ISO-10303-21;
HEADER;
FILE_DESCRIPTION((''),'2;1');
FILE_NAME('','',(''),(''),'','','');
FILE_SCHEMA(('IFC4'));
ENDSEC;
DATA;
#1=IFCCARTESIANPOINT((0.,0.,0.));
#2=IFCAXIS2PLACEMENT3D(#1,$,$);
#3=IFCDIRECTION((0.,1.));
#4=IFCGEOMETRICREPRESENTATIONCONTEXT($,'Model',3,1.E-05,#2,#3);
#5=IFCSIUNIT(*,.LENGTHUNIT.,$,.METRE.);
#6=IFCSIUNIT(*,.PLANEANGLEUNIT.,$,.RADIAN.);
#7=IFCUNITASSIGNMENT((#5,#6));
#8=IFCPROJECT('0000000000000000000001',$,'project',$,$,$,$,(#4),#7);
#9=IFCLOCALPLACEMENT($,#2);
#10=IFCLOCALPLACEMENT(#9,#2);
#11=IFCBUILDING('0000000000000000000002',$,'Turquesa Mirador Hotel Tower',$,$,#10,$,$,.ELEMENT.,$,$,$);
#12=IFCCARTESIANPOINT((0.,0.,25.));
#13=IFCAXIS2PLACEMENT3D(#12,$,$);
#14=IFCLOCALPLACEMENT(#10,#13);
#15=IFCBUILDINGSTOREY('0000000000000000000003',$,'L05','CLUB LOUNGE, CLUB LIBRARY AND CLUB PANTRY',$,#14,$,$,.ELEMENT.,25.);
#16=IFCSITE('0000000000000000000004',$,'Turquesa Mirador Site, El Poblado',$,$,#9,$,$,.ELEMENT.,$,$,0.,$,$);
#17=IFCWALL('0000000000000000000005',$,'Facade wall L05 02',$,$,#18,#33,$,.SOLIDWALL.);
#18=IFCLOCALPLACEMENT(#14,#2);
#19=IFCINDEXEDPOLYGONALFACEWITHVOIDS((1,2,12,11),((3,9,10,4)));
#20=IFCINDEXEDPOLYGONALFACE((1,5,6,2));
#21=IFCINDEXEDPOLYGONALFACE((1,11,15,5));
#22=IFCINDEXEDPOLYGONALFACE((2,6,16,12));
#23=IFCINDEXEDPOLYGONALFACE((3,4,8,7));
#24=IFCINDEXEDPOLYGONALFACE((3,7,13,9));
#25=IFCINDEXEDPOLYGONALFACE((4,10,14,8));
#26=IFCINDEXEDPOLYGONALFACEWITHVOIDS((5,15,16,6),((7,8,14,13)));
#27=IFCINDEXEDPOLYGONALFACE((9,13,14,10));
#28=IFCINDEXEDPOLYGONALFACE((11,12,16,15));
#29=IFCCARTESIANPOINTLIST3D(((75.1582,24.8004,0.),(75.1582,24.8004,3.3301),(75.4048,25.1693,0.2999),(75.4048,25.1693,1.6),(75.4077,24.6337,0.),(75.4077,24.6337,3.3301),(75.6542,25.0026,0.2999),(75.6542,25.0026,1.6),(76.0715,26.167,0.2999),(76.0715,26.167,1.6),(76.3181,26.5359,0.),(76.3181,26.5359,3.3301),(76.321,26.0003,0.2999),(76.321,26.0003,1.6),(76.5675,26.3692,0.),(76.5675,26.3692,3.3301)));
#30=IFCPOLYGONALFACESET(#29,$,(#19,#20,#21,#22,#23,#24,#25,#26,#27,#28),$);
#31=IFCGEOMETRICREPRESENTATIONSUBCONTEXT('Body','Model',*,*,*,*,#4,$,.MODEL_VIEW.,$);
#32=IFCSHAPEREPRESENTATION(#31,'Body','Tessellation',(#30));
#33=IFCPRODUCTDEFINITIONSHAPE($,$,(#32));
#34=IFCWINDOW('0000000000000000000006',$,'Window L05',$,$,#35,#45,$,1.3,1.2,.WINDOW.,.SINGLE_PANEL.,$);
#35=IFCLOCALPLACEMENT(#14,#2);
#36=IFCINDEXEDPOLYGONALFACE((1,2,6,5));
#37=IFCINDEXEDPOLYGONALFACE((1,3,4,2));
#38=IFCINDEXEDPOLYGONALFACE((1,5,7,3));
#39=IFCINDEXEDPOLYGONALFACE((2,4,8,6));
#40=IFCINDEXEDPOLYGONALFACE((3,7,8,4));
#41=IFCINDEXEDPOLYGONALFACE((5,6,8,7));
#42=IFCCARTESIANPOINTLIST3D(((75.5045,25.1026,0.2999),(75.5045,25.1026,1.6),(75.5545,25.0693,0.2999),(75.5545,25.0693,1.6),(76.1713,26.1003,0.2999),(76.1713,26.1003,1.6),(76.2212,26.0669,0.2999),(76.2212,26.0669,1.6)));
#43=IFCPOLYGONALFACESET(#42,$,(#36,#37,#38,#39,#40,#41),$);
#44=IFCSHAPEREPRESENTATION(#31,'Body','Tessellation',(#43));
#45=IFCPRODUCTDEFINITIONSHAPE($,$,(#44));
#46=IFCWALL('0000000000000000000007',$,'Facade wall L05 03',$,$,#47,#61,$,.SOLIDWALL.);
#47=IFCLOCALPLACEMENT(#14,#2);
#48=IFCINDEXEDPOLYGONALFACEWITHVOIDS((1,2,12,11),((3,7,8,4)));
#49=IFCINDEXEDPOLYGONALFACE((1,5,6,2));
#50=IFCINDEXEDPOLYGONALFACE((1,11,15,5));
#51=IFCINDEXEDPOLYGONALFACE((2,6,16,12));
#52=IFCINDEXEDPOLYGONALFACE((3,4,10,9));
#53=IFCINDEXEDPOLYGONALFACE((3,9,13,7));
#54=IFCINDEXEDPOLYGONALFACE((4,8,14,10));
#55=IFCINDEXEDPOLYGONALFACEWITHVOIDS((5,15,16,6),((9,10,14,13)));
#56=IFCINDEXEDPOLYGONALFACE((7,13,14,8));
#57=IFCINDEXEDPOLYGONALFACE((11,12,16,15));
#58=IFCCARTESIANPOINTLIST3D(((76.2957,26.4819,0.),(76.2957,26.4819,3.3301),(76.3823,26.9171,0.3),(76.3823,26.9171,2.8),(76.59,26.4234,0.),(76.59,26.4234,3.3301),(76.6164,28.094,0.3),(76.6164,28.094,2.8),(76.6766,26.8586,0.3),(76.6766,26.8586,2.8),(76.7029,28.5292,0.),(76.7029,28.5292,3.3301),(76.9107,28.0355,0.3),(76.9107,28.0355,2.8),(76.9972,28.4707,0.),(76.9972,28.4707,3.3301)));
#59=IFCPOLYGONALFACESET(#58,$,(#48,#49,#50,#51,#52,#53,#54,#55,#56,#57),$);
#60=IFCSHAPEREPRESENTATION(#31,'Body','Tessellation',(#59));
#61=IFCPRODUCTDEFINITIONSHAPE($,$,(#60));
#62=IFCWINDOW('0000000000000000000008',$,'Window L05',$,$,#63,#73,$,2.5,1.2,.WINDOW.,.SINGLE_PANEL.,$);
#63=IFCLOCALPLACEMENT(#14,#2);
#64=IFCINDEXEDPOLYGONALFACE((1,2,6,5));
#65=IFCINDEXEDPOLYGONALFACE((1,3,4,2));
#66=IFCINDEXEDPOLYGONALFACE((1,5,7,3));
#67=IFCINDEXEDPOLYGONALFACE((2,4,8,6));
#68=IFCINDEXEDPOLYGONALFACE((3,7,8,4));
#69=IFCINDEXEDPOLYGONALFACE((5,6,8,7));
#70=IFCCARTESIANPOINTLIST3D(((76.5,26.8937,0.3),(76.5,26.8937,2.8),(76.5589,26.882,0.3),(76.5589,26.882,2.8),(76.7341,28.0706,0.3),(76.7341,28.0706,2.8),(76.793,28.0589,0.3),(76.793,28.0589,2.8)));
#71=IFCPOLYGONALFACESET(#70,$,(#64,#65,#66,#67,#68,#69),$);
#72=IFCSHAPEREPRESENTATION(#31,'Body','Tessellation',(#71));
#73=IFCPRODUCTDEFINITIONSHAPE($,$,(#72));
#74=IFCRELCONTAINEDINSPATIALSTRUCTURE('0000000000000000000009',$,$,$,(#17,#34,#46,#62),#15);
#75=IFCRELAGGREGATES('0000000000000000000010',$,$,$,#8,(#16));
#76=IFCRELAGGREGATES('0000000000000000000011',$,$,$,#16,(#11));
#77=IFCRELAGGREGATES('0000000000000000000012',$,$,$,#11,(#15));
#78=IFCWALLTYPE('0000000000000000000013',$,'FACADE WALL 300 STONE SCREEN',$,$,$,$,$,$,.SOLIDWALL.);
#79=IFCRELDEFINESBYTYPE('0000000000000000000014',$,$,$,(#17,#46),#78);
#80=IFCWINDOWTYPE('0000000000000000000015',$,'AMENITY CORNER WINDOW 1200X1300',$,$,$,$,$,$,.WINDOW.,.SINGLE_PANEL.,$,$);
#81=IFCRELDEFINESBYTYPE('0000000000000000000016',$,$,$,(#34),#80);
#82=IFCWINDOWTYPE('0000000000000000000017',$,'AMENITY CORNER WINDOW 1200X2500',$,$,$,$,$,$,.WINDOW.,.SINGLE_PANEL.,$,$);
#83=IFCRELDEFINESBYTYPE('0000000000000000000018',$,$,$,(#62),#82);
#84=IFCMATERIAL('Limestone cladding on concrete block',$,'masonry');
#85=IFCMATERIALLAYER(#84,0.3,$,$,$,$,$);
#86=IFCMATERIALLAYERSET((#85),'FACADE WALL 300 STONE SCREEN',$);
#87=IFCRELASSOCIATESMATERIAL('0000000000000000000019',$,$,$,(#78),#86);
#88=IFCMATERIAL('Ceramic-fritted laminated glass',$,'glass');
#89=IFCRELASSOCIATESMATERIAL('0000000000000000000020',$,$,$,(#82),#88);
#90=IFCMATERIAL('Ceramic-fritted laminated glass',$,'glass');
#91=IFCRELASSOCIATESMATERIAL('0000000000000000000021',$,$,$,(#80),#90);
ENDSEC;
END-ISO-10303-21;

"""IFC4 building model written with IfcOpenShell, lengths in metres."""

from ifc_helpers import new_model, si_unit, direction, frame, frame_2d, origin, place, context, subcontext, project, spatial, rectangle, extrude, material, layer, layer_set, type_object, element, fill, save


model = new_model("IFC4")

# Units and contexts
model_context = context("Model", 3, precision=1e-05, world=origin(), true_north=direction((0.0, 1.0)))
body_context = subcontext(model_context, "Body", "Model", "MODEL_VIEW")
ifc_project = project(units=[si_unit("LENGTHUNIT", "METRE"), si_unit("PLANEANGLEUNIT", "RADIAN")], contexts=[model_context])

# Site, building, storey
site_placement = place(None, origin())
site = spatial("IfcSite", under=ifc_project, at=site_placement, Name="Turquesa Mirador Site, El Poblado", CompositionType="ELEMENT", RefElevation=0.0)
building_placement = place(site_placement, origin())
building = spatial("IfcBuilding", under=site, at=building_placement, Name="Turquesa Mirador Hotel Tower", CompositionType="ELEMENT")
storey_placement = place(building_placement, frame((0.0, 0.0, 25.0)))
storey = spatial("IfcBuildingStorey", under=building, at=storey_placement, Name="L05", Description="CLUB LOUNGE, CLUB LIBRARY AND CLUB PANTRY", CompositionType="ELEMENT", Elevation=25.0)

# Walls, openings, windows
ifc_material_1 = material(Name="Limestone cladding on concrete block", Category="masonry")
ifc_layer_1 = layer(ifc_material_1, 0.3)
ifc_layer_set_1 = layer_set([ifc_layer_1], Name="FACADE WALL 300 STONE SCREEN")
wall_type_1 = type_object("IfcWallType", Name="FACADE WALL 300 STONE SCREEN", PredefinedType="SOLIDWALL", material=ifc_layer_set_1)
ifc_material_2 = material(Name="Ceramic-fritted laminated glass", Category="glass")
window_type_1 = type_object("IfcWindowType", Name="AMENITY CORNER WINDOW 1200X2500", PartitioningType="SINGLE_PANEL", PredefinedType="WINDOW", material=ifc_material_2)
ifc_material_3 = material(Name="Ceramic-fritted laminated glass", Category="glass")
window_type_2 = type_object("IfcWindowType", Name="AMENITY CORNER WINDOW 1200X1300", PartitioningType="SINGLE_PANEL", PredefinedType="WINDOW", material=ifc_material_3)
wall_1_placement = place(storey_placement, frame((75.283, 24.717, 0.0), z_axis=(0.0, 0.0, 1.0), x_axis=(0.555644, 0.83142, 0.0)))
wall_1 = element("IfcWall", 1, at=wall_1_placement, inside=storey, type_object=wall_type_1, Name="Facade wall L05 02", PredefinedType="SOLIDWALL", context=body_context, shape_type="SweptSolid", body=[
    extrude(rectangle(XDim=2.0874, YDim=0.3, at=frame_2d((1.0437, 0.0))), origin(), (0.0, 0.0, 1.0), 3.3301),
])
opening_1_placement = place(wall_1_placement, frame((0.4436, 0.0, 0.3)))
opening_1 = element("IfcOpeningElement", 2, at=opening_1_placement, cuts=wall_1, PredefinedType="OPENING", context=body_context, shape_type="SweptSolid", body=[
    extrude(rectangle(XDim=1.2, YDim=1.3, at=frame_2d((0.6001, 0.6499))), frame((0.0, 0.1599, 0.0), z_axis=(0.0, -1.0, 0.0), x_axis=(1.0, 0.0, 0.0)), (0.0, 0.0, 1.0), 0.3201),
])
window_1_placement = place(opening_1_placement, origin())
window_1 = element("IfcWindow", 3, at=window_1_placement, inside=storey, type_object=window_type_2, Name="Window L05", OverallHeight=1.3, OverallWidth=1.2, PartitioningType="SINGLE_PANEL", PredefinedType="WINDOW", context=body_context, shape_type="SweptSolid", body=[
    extrude(rectangle(XDim=1.2, YDim=1.3, at=frame_2d((0.6001, 0.6499))), frame((0.0, 0.03, 0.0), z_axis=(0.0, -1.0, 0.0), x_axis=(1.0, 0.0, 0.0)), (0.0, 0.0, 1.0), 0.0601),
])
fill(opening_1, window_1)
wall_2_placement = place(storey_placement, frame((76.4429, 26.4526, 0.0), z_axis=(0.0, 0.0, 1.0), x_axis=(0.195081, 0.980787, 0.0)))
wall_2 = element("IfcWall", 4, at=wall_2_placement, inside=storey, type_object=wall_type_1, Name="Facade wall L05 03", PredefinedType="SOLIDWALL", context=body_context, shape_type="SweptSolid", body=[
    extrude(rectangle(XDim=2.0874, YDim=0.3, at=frame_2d((1.0437, 0.0))), origin(), (0.0, 0.0, 1.0), 3.3301),
])
opening_2_placement = place(wall_2_placement, frame((0.4436, 0.0, 0.3)))
opening_2 = element("IfcOpeningElement", 5, at=opening_2_placement, cuts=wall_2, PredefinedType="OPENING", context=body_context, shape_type="SweptSolid", body=[
    extrude(rectangle(XDim=1.2, YDim=2.5, at=frame_2d((0.6001, 1.25))), frame((0.0, 0.1599, 0.0), z_axis=(0.0, -1.0, 0.0), x_axis=(1.0, 0.0, 0.0)), (0.0, 0.0, 1.0), 0.3201),
])
window_2_placement = place(opening_2_placement, origin())
window_2 = element("IfcWindow", 6, at=window_2_placement, inside=storey, type_object=window_type_1, Name="Window L05", OverallHeight=2.5, OverallWidth=1.2, PartitioningType="SINGLE_PANEL", PredefinedType="WINDOW", context=body_context, shape_type="SweptSolid", body=[
    extrude(rectangle(XDim=1.2, YDim=2.5, at=frame_2d((0.6001, 1.25))), frame((0.0, 0.03, 0.0), z_axis=(0.0, -1.0, 0.0), x_axis=(1.0, 0.0, 0.0)), (0.0, 0.0, 1.0), 0.0601),
])
fill(opening_2, window_2)

save(model, "model.ifc")
